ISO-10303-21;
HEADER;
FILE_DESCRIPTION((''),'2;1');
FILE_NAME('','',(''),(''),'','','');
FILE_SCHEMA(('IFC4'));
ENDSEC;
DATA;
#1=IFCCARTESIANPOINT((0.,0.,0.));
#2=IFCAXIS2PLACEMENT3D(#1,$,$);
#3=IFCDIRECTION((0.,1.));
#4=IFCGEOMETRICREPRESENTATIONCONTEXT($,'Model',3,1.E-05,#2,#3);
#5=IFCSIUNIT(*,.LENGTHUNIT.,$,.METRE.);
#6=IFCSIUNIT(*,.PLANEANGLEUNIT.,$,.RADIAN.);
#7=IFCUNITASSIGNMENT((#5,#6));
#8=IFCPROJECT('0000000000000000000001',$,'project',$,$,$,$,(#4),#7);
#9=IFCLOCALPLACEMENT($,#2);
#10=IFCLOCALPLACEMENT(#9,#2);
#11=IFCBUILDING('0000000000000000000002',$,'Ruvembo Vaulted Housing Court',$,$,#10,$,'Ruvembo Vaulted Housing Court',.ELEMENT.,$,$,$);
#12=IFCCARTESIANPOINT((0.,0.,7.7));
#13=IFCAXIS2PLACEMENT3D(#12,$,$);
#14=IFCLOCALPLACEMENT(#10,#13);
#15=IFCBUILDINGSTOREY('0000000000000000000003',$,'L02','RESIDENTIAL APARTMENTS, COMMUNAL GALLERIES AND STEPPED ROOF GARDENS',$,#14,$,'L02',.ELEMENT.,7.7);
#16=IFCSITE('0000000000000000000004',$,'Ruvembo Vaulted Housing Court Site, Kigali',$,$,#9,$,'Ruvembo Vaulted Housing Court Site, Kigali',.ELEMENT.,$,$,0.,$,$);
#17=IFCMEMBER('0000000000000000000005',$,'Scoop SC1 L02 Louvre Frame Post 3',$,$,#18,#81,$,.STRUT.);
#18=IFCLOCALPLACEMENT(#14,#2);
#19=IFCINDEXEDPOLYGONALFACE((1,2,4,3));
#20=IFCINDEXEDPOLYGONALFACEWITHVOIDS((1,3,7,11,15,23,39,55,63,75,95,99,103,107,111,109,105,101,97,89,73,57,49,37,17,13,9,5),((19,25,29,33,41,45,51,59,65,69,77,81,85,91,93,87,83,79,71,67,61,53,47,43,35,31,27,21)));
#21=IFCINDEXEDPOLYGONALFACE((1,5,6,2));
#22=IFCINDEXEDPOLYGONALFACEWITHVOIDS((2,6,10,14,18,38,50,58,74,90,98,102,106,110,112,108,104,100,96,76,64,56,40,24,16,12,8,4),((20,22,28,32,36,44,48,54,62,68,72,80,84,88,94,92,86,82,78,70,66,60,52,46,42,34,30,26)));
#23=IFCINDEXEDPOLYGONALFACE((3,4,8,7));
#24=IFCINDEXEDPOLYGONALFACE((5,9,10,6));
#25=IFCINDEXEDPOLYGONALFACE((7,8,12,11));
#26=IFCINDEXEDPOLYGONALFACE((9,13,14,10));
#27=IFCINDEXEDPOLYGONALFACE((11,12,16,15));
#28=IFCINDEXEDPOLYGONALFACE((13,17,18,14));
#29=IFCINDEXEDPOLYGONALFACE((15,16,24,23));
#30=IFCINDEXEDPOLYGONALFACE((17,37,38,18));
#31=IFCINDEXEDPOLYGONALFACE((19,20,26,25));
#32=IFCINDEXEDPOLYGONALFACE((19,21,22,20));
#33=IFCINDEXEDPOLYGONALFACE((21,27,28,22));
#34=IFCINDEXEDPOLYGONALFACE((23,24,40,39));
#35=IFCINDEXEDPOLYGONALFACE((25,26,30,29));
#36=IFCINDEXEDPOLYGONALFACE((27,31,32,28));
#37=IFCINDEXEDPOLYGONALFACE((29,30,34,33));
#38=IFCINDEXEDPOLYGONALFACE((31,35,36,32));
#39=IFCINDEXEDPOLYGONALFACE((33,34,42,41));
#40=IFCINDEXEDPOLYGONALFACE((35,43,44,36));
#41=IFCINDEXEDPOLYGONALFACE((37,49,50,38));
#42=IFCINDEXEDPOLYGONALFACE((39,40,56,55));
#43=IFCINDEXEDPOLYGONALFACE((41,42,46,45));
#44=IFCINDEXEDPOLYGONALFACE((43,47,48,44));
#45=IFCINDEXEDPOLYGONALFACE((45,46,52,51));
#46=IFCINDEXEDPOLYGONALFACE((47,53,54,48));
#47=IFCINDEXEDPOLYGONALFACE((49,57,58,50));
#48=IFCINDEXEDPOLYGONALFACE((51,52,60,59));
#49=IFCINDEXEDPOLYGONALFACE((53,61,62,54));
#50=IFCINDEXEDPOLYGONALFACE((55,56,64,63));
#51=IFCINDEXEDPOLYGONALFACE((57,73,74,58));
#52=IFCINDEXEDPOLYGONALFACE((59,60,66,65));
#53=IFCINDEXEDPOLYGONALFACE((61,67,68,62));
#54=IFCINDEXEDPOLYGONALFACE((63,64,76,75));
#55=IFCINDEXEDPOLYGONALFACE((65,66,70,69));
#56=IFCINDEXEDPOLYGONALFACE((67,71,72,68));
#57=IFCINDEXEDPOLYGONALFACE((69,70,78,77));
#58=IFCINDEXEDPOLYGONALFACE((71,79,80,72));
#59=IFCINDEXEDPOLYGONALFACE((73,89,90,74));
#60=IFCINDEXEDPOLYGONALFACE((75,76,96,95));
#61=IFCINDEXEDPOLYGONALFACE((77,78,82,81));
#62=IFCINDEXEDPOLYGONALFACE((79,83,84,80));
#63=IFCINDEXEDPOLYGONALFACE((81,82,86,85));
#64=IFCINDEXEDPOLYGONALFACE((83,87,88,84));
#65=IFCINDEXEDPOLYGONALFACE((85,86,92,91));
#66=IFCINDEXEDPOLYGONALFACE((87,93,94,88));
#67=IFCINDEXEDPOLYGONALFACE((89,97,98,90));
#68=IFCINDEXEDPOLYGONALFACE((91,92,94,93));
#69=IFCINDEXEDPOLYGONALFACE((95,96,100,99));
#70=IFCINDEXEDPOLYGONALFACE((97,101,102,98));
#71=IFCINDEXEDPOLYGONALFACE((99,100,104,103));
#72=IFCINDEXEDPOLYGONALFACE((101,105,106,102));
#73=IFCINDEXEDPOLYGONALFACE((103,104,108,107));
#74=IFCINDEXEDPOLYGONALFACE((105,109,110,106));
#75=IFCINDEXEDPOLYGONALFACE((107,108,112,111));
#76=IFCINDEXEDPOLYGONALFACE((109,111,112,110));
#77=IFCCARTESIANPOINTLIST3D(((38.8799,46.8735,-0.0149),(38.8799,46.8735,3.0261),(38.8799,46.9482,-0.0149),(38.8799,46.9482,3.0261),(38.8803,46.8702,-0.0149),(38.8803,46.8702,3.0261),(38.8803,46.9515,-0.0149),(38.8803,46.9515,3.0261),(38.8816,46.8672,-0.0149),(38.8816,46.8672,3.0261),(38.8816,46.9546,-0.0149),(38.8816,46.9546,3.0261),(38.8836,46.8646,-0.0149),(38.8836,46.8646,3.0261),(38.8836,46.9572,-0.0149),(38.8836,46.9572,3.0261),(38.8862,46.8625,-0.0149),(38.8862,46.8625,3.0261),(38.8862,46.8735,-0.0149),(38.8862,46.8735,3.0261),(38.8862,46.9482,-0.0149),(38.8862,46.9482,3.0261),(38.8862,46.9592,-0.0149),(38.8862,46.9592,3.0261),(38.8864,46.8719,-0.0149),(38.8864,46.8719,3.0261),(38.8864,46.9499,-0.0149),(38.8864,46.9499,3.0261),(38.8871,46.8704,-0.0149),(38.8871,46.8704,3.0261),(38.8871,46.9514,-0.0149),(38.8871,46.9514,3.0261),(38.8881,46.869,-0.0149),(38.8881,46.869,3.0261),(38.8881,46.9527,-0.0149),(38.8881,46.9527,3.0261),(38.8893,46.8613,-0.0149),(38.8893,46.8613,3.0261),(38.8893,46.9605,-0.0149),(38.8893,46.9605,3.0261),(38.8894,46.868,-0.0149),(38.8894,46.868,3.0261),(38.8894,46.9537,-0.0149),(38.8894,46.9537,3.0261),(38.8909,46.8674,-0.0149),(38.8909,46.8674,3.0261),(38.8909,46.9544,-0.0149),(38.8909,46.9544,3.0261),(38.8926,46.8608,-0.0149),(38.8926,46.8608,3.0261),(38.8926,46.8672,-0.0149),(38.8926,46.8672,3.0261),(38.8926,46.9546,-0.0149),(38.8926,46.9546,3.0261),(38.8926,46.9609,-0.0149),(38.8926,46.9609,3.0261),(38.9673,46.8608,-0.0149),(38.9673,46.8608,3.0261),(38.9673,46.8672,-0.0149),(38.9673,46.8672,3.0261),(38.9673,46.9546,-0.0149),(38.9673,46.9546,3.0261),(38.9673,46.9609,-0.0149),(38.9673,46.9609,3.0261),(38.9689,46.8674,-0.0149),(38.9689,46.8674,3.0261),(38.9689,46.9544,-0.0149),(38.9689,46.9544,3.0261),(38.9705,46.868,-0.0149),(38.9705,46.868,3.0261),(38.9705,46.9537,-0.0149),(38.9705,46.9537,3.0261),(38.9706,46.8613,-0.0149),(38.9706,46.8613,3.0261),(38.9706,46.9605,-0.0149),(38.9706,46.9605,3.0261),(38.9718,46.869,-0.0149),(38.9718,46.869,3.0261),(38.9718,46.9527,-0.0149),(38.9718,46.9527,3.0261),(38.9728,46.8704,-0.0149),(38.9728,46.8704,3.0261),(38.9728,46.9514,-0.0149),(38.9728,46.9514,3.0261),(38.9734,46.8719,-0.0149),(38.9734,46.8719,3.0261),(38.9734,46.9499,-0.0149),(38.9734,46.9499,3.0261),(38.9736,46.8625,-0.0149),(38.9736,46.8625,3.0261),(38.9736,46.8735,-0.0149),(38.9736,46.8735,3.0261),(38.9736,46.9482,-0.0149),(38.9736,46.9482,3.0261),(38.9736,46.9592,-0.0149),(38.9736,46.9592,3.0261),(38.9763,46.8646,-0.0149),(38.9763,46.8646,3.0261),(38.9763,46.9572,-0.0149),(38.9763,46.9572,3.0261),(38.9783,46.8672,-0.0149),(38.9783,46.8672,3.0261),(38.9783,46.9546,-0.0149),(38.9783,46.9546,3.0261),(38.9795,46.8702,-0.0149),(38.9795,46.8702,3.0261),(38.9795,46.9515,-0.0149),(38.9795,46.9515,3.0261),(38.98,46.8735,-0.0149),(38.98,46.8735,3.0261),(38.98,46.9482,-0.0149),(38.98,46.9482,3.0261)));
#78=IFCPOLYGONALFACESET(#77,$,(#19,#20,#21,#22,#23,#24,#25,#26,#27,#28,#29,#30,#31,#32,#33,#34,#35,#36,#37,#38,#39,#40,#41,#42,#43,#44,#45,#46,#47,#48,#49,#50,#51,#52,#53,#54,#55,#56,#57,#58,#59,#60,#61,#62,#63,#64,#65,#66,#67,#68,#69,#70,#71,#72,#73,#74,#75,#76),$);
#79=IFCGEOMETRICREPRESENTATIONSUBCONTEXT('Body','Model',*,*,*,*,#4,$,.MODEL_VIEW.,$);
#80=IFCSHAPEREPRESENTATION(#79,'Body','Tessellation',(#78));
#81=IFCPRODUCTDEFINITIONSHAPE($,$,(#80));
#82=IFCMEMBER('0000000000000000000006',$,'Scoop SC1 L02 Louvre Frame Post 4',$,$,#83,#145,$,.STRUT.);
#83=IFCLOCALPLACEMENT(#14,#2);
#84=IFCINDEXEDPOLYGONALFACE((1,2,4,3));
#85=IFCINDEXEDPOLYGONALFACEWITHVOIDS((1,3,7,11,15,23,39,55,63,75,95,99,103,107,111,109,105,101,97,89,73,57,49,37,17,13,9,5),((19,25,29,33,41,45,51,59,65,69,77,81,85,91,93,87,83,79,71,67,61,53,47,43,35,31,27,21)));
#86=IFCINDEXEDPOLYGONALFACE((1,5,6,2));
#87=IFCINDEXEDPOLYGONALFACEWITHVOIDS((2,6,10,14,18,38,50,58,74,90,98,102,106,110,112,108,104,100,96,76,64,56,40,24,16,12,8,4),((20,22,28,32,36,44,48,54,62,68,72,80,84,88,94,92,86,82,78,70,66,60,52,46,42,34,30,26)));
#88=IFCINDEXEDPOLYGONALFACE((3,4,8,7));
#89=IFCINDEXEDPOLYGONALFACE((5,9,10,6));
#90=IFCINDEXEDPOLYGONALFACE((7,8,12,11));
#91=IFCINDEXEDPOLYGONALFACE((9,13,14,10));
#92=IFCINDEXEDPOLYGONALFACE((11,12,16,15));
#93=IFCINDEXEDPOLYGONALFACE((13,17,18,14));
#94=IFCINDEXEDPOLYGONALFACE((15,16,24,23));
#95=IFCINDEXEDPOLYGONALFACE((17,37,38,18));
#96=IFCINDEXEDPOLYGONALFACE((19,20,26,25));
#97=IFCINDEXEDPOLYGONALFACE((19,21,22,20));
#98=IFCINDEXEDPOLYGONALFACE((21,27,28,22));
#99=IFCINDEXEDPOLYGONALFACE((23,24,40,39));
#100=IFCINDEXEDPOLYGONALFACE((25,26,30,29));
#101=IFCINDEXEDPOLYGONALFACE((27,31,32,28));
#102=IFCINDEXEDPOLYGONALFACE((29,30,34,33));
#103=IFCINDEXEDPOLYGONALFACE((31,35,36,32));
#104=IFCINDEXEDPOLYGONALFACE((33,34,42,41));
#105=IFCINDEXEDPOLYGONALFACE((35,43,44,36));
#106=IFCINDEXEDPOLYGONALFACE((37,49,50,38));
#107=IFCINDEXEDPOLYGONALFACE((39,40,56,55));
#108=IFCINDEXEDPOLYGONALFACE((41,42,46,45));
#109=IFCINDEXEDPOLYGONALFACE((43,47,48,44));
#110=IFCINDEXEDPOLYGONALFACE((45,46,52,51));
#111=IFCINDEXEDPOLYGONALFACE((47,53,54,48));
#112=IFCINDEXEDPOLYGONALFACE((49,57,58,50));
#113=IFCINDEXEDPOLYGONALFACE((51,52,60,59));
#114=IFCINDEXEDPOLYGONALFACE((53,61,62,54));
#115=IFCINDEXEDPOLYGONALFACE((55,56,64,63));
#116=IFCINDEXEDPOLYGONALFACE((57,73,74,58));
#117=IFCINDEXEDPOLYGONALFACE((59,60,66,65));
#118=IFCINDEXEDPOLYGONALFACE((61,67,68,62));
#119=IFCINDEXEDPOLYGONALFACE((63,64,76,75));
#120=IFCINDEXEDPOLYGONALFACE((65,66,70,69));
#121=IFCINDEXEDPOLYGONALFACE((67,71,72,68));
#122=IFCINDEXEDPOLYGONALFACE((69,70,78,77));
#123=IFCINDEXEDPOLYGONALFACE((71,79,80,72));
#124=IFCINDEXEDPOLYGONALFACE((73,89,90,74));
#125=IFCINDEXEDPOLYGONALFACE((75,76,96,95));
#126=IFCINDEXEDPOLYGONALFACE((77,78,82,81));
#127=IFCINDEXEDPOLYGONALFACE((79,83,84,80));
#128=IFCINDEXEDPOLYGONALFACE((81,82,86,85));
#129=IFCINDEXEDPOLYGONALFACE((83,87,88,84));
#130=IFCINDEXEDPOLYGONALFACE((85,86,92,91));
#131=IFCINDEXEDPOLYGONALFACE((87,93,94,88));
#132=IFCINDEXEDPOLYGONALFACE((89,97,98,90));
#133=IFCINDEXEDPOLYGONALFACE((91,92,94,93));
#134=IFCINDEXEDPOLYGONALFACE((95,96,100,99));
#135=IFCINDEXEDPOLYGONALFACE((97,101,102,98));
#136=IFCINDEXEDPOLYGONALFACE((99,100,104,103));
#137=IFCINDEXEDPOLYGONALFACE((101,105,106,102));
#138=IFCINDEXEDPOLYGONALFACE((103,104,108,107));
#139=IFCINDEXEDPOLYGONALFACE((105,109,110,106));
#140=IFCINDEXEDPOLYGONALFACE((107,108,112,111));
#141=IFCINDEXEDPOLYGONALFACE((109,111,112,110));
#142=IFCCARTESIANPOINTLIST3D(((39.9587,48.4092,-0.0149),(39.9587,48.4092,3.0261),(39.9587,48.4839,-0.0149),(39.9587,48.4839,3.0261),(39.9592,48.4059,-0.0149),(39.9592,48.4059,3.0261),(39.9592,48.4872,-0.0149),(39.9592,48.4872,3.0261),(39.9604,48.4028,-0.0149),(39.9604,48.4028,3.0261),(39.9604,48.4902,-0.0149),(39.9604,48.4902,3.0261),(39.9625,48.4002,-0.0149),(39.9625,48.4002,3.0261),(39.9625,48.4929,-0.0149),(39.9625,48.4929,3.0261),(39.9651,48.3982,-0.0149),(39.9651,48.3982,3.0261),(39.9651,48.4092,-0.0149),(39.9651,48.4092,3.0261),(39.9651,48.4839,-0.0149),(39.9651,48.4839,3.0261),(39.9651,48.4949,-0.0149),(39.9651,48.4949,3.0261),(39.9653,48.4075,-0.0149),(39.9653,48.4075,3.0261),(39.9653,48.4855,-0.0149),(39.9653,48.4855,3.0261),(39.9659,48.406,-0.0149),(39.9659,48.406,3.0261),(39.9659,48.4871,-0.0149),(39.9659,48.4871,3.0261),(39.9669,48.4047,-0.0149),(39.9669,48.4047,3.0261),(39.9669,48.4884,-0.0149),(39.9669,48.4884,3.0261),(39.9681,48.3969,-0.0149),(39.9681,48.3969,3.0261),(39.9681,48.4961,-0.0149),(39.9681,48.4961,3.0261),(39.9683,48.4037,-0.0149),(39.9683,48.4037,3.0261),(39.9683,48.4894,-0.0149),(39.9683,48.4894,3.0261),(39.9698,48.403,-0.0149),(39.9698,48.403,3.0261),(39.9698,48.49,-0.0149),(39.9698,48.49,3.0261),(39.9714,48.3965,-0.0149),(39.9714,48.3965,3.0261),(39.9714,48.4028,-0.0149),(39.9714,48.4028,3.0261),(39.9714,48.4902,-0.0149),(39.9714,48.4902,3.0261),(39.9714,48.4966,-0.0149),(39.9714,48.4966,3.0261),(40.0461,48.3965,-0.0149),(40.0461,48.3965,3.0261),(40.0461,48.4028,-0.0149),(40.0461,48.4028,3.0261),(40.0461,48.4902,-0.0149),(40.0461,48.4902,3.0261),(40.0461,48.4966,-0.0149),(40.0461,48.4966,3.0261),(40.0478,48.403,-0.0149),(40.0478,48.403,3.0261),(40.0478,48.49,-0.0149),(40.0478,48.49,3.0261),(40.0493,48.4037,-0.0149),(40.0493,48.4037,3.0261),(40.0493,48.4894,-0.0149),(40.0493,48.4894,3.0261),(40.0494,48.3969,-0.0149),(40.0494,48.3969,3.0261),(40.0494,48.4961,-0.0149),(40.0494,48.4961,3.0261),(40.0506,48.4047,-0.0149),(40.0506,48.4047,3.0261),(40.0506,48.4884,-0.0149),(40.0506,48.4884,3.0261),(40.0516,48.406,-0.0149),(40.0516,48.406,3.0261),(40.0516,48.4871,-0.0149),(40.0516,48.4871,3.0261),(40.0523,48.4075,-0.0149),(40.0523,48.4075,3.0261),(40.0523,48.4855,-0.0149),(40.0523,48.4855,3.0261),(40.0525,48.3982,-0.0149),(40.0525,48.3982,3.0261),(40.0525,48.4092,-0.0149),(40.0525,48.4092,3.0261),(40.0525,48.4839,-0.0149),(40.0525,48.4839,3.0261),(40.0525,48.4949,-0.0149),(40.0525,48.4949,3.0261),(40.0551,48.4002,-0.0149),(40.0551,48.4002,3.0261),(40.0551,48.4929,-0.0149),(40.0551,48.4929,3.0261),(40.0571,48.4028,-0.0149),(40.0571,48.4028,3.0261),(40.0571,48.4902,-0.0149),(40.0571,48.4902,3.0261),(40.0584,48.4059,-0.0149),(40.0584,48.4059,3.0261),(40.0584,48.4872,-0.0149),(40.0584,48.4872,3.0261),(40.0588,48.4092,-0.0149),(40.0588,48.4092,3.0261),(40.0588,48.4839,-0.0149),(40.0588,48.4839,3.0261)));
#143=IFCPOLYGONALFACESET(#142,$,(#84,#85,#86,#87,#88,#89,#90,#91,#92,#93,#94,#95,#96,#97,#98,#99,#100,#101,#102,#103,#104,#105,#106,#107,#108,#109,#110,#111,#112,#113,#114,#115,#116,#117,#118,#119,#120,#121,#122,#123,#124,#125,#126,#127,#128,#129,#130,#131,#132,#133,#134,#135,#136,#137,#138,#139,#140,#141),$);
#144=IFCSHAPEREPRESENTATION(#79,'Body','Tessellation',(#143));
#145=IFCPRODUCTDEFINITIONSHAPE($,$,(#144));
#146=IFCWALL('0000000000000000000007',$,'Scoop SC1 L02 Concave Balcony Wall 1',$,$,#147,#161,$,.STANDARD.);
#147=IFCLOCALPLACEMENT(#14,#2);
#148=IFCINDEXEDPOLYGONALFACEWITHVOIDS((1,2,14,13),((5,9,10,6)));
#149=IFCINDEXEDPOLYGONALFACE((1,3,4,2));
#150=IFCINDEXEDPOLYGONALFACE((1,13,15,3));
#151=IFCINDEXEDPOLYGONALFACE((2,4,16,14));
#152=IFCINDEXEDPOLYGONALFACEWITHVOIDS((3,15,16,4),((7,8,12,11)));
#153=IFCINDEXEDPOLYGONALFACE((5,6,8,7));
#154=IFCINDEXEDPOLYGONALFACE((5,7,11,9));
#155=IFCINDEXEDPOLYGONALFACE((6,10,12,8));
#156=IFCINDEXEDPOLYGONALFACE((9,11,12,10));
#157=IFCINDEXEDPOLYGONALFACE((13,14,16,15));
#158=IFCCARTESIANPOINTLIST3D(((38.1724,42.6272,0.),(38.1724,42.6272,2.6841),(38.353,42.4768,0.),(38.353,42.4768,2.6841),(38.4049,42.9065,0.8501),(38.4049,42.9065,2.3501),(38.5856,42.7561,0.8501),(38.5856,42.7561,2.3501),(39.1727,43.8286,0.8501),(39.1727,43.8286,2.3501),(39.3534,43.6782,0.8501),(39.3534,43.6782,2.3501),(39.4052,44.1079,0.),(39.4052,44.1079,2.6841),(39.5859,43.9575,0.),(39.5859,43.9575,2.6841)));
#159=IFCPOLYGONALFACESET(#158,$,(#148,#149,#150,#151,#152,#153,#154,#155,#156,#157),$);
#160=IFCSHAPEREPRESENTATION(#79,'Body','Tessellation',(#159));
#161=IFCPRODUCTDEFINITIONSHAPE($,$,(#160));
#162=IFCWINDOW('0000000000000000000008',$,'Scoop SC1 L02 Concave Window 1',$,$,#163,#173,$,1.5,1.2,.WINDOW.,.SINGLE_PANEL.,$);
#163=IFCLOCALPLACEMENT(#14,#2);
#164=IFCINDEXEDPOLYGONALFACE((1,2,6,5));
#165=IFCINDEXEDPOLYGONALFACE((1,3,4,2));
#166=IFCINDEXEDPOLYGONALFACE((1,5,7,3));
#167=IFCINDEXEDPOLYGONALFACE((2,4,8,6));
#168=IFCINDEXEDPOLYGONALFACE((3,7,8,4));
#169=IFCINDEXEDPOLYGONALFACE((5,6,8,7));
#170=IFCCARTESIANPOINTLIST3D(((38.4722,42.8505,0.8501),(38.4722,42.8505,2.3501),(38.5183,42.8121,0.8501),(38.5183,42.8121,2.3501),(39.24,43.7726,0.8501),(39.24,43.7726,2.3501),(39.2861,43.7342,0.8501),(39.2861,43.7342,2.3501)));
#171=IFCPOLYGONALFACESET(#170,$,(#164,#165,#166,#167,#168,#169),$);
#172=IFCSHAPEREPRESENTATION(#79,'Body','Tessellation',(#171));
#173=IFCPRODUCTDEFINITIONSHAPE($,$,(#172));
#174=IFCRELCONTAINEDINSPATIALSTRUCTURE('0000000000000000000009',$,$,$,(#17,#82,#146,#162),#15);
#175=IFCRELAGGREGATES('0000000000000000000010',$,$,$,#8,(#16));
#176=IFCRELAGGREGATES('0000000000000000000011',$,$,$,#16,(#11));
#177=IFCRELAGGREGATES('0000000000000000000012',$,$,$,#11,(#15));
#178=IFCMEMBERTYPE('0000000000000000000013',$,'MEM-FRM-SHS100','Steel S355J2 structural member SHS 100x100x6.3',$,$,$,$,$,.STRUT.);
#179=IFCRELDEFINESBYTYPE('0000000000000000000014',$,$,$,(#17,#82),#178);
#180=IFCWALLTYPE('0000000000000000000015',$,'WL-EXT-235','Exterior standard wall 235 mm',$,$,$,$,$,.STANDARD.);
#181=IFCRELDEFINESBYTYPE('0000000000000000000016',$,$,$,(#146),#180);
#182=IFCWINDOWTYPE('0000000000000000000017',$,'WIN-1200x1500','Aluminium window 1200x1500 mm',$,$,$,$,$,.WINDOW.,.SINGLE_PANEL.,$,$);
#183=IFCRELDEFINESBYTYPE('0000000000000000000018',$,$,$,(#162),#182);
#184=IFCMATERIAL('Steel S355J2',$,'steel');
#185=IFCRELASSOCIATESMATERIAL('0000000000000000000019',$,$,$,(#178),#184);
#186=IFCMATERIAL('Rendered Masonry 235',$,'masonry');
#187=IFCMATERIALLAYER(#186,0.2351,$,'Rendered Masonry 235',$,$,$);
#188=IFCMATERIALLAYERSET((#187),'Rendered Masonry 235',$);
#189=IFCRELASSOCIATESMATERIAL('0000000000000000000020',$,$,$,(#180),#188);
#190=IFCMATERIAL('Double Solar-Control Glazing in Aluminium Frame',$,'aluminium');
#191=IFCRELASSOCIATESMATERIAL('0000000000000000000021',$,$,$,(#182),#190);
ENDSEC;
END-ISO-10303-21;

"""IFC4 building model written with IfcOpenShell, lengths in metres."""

from ifc_helpers import new_model, si_unit, direction, frame, frame_2d, origin, origin_2d, place, context, subcontext, project, spatial, rectangle, hollow_rectangle, extrude, material, layer, layer_set, material_profile, profile_set, type_object, element, fill, save


model = new_model("IFC4")

# Units and contexts
model_context = context("Model", 3, precision=1e-05, world=origin(), true_north=direction((0.0, 1.0)))
body_context = subcontext(model_context, "Body", "Model", "MODEL_VIEW")
ifc_project = project(units=[si_unit("LENGTHUNIT", "METRE"), si_unit("PLANEANGLEUNIT", "RADIAN")], contexts=[model_context])

# Site, building, storey
site_placement = place(None, origin())
site = spatial("IfcSite", under=ifc_project, at=site_placement, Name="Ruvembo Vaulted Housing Court Site, Kigali", LongName="Ruvembo Vaulted Housing Court Site, Kigali", CompositionType="ELEMENT", RefElevation=0.0)
building_placement = place(site_placement, origin())
building = spatial("IfcBuilding", under=site, at=building_placement, Name="Ruvembo Vaulted Housing Court", LongName="Ruvembo Vaulted Housing Court", CompositionType="ELEMENT")
storey_placement = place(building_placement, frame((0.0, 0.0, 7.7)))
storey = spatial("IfcBuildingStorey", under=building, at=storey_placement, Name="L02", Description="RESIDENTIAL APARTMENTS, COMMUNAL GALLERIES AND STEPPED ROOF GARDENS", LongName="L02", CompositionType="ELEMENT", Elevation=7.7)

# Shared definitions
ifc_material_1 = material(Name="Steel S355J2", Category="steel")

# Members
ifc_material_profile_1 = material_profile(ifc_material_1, hollow_rectangle(XDim=0.1001, YDim=0.1001, WallThickness=0.0063, InnerFilletRadius=0.0063, OuterFilletRadius=0.0127, at=origin_2d()), Name="SHS 100x100x6.3")
ifc_profile_set_1 = profile_set([ifc_material_profile_1], Name="Steel S355J2")
member_type_1 = type_object("IfcMemberType", Name="MEM-FRM-SHS100", Description="Steel S355J2 structural member SHS 100x100x6.3", PredefinedType="STRUT", material=ifc_profile_set_1)
for number, where, z_axis, x_axis, name in (
    (1, (38.9299, 46.9109, -0.0149), (0.0, 0.0, 1.0), (1.0, 0.0, 0.0), "Scoop SC1 L02 Louvre Frame Post 3"),
    (2, (40.0088, 48.4465, -0.0149), (0.0, 0.0, 1.0), (1.0, 0.0, 0.0), "Scoop SC1 L02 Louvre Frame Post 4"),
):
    element("IfcMember", number, at=place(storey_placement, frame(where, z_axis=z_axis, x_axis=x_axis)), inside=storey, type_object=member_type_1, Name=name, PredefinedType="STRUT", context=body_context, shape_type="SweptSolid", body=[
        extrude(hollow_rectangle(XDim=0.1001, YDim=0.1001, WallThickness=0.0063, InnerFilletRadius=0.0063, OuterFilletRadius=0.0127, at=origin_2d()), origin(), (0.0, 0.0, 1.0), 3.041),
    ])

# Wall, opening, window
ifc_material_2 = material(Name="Rendered Masonry 235", Category="masonry")
ifc_layer_1 = layer(ifc_material_2, 0.2351, Name="Rendered Masonry 235")
ifc_layer_set_1 = layer_set([ifc_layer_1], Name="Rendered Masonry 235")
wall_type_1 = type_object("IfcWallType", Name="WL-EXT-235", Description="Exterior standard wall 235 mm", PredefinedType="STANDARD", material=ifc_layer_set_1)
wall_1_placement = place(storey_placement, frame((38.2627, 42.552, 0.0), z_axis=(0.0, 0.0, 1.0), x_axis=(0.639873, 0.768481, 0.0)))
wall_1 = element("IfcWall", 3, at=wall_1_placement, inside=storey, type_object=wall_type_1, Name="Scoop SC1 L02 Concave Balcony Wall 1", PredefinedType="STANDARD", context=body_context, shape_type="SweptSolid", body=[
    extrude(rectangle(XDim=1.9268, YDim=0.2351, at=frame_2d((0.9634, 0.0))), origin(), (0.0, 0.0, 1.0), 2.6841),
])
opening_1_placement = place(wall_1_placement, frame((0.3633, 0.0, 0.8501)))
opening_1 = element("IfcOpeningElement", 4, at=opening_1_placement, cuts=wall_1, PredefinedType="OPENING", context=body_context, shape_type="SweptSolid", body=[
    extrude(rectangle(XDim=1.2, YDim=1.5, at=frame_2d((0.6001, 0.75))), frame((0.0, 0.1274, 0.0), z_axis=(0.0, -1.0, 0.0), x_axis=(1.0, 0.0, 0.0)), (0.0, 0.0, 1.0), 0.2551),
])
ifc_material_3 = material(Name="Double Solar-Control Glazing in Aluminium Frame", Category="aluminium")
window_type_1 = type_object("IfcWindowType", Name="WIN-1200x1500", Description="Aluminium window 1200x1500 mm", PartitioningType="SINGLE_PANEL", PredefinedType="WINDOW", material=ifc_material_3)
window_1_placement = place(opening_1_placement, origin())
window_1 = element("IfcWindow", 5, at=window_1_placement, inside=storey, type_object=window_type_1, Name="Scoop SC1 L02 Concave Window 1", OverallHeight=1.5, OverallWidth=1.2, PartitioningType="SINGLE_PANEL", PredefinedType="WINDOW", context=body_context, shape_type="SweptSolid", body=[
    extrude(rectangle(XDim=1.2, YDim=1.5, at=frame_2d((0.6001, 0.75))), frame((0.0, 0.03, 0.0), z_axis=(0.0, -1.0, 0.0), x_axis=(1.0, 0.0, 0.0)), (0.0, 0.0, 1.0), 0.0601),
])
fill(opening_1, window_1)

save(model, "model.ifc")
